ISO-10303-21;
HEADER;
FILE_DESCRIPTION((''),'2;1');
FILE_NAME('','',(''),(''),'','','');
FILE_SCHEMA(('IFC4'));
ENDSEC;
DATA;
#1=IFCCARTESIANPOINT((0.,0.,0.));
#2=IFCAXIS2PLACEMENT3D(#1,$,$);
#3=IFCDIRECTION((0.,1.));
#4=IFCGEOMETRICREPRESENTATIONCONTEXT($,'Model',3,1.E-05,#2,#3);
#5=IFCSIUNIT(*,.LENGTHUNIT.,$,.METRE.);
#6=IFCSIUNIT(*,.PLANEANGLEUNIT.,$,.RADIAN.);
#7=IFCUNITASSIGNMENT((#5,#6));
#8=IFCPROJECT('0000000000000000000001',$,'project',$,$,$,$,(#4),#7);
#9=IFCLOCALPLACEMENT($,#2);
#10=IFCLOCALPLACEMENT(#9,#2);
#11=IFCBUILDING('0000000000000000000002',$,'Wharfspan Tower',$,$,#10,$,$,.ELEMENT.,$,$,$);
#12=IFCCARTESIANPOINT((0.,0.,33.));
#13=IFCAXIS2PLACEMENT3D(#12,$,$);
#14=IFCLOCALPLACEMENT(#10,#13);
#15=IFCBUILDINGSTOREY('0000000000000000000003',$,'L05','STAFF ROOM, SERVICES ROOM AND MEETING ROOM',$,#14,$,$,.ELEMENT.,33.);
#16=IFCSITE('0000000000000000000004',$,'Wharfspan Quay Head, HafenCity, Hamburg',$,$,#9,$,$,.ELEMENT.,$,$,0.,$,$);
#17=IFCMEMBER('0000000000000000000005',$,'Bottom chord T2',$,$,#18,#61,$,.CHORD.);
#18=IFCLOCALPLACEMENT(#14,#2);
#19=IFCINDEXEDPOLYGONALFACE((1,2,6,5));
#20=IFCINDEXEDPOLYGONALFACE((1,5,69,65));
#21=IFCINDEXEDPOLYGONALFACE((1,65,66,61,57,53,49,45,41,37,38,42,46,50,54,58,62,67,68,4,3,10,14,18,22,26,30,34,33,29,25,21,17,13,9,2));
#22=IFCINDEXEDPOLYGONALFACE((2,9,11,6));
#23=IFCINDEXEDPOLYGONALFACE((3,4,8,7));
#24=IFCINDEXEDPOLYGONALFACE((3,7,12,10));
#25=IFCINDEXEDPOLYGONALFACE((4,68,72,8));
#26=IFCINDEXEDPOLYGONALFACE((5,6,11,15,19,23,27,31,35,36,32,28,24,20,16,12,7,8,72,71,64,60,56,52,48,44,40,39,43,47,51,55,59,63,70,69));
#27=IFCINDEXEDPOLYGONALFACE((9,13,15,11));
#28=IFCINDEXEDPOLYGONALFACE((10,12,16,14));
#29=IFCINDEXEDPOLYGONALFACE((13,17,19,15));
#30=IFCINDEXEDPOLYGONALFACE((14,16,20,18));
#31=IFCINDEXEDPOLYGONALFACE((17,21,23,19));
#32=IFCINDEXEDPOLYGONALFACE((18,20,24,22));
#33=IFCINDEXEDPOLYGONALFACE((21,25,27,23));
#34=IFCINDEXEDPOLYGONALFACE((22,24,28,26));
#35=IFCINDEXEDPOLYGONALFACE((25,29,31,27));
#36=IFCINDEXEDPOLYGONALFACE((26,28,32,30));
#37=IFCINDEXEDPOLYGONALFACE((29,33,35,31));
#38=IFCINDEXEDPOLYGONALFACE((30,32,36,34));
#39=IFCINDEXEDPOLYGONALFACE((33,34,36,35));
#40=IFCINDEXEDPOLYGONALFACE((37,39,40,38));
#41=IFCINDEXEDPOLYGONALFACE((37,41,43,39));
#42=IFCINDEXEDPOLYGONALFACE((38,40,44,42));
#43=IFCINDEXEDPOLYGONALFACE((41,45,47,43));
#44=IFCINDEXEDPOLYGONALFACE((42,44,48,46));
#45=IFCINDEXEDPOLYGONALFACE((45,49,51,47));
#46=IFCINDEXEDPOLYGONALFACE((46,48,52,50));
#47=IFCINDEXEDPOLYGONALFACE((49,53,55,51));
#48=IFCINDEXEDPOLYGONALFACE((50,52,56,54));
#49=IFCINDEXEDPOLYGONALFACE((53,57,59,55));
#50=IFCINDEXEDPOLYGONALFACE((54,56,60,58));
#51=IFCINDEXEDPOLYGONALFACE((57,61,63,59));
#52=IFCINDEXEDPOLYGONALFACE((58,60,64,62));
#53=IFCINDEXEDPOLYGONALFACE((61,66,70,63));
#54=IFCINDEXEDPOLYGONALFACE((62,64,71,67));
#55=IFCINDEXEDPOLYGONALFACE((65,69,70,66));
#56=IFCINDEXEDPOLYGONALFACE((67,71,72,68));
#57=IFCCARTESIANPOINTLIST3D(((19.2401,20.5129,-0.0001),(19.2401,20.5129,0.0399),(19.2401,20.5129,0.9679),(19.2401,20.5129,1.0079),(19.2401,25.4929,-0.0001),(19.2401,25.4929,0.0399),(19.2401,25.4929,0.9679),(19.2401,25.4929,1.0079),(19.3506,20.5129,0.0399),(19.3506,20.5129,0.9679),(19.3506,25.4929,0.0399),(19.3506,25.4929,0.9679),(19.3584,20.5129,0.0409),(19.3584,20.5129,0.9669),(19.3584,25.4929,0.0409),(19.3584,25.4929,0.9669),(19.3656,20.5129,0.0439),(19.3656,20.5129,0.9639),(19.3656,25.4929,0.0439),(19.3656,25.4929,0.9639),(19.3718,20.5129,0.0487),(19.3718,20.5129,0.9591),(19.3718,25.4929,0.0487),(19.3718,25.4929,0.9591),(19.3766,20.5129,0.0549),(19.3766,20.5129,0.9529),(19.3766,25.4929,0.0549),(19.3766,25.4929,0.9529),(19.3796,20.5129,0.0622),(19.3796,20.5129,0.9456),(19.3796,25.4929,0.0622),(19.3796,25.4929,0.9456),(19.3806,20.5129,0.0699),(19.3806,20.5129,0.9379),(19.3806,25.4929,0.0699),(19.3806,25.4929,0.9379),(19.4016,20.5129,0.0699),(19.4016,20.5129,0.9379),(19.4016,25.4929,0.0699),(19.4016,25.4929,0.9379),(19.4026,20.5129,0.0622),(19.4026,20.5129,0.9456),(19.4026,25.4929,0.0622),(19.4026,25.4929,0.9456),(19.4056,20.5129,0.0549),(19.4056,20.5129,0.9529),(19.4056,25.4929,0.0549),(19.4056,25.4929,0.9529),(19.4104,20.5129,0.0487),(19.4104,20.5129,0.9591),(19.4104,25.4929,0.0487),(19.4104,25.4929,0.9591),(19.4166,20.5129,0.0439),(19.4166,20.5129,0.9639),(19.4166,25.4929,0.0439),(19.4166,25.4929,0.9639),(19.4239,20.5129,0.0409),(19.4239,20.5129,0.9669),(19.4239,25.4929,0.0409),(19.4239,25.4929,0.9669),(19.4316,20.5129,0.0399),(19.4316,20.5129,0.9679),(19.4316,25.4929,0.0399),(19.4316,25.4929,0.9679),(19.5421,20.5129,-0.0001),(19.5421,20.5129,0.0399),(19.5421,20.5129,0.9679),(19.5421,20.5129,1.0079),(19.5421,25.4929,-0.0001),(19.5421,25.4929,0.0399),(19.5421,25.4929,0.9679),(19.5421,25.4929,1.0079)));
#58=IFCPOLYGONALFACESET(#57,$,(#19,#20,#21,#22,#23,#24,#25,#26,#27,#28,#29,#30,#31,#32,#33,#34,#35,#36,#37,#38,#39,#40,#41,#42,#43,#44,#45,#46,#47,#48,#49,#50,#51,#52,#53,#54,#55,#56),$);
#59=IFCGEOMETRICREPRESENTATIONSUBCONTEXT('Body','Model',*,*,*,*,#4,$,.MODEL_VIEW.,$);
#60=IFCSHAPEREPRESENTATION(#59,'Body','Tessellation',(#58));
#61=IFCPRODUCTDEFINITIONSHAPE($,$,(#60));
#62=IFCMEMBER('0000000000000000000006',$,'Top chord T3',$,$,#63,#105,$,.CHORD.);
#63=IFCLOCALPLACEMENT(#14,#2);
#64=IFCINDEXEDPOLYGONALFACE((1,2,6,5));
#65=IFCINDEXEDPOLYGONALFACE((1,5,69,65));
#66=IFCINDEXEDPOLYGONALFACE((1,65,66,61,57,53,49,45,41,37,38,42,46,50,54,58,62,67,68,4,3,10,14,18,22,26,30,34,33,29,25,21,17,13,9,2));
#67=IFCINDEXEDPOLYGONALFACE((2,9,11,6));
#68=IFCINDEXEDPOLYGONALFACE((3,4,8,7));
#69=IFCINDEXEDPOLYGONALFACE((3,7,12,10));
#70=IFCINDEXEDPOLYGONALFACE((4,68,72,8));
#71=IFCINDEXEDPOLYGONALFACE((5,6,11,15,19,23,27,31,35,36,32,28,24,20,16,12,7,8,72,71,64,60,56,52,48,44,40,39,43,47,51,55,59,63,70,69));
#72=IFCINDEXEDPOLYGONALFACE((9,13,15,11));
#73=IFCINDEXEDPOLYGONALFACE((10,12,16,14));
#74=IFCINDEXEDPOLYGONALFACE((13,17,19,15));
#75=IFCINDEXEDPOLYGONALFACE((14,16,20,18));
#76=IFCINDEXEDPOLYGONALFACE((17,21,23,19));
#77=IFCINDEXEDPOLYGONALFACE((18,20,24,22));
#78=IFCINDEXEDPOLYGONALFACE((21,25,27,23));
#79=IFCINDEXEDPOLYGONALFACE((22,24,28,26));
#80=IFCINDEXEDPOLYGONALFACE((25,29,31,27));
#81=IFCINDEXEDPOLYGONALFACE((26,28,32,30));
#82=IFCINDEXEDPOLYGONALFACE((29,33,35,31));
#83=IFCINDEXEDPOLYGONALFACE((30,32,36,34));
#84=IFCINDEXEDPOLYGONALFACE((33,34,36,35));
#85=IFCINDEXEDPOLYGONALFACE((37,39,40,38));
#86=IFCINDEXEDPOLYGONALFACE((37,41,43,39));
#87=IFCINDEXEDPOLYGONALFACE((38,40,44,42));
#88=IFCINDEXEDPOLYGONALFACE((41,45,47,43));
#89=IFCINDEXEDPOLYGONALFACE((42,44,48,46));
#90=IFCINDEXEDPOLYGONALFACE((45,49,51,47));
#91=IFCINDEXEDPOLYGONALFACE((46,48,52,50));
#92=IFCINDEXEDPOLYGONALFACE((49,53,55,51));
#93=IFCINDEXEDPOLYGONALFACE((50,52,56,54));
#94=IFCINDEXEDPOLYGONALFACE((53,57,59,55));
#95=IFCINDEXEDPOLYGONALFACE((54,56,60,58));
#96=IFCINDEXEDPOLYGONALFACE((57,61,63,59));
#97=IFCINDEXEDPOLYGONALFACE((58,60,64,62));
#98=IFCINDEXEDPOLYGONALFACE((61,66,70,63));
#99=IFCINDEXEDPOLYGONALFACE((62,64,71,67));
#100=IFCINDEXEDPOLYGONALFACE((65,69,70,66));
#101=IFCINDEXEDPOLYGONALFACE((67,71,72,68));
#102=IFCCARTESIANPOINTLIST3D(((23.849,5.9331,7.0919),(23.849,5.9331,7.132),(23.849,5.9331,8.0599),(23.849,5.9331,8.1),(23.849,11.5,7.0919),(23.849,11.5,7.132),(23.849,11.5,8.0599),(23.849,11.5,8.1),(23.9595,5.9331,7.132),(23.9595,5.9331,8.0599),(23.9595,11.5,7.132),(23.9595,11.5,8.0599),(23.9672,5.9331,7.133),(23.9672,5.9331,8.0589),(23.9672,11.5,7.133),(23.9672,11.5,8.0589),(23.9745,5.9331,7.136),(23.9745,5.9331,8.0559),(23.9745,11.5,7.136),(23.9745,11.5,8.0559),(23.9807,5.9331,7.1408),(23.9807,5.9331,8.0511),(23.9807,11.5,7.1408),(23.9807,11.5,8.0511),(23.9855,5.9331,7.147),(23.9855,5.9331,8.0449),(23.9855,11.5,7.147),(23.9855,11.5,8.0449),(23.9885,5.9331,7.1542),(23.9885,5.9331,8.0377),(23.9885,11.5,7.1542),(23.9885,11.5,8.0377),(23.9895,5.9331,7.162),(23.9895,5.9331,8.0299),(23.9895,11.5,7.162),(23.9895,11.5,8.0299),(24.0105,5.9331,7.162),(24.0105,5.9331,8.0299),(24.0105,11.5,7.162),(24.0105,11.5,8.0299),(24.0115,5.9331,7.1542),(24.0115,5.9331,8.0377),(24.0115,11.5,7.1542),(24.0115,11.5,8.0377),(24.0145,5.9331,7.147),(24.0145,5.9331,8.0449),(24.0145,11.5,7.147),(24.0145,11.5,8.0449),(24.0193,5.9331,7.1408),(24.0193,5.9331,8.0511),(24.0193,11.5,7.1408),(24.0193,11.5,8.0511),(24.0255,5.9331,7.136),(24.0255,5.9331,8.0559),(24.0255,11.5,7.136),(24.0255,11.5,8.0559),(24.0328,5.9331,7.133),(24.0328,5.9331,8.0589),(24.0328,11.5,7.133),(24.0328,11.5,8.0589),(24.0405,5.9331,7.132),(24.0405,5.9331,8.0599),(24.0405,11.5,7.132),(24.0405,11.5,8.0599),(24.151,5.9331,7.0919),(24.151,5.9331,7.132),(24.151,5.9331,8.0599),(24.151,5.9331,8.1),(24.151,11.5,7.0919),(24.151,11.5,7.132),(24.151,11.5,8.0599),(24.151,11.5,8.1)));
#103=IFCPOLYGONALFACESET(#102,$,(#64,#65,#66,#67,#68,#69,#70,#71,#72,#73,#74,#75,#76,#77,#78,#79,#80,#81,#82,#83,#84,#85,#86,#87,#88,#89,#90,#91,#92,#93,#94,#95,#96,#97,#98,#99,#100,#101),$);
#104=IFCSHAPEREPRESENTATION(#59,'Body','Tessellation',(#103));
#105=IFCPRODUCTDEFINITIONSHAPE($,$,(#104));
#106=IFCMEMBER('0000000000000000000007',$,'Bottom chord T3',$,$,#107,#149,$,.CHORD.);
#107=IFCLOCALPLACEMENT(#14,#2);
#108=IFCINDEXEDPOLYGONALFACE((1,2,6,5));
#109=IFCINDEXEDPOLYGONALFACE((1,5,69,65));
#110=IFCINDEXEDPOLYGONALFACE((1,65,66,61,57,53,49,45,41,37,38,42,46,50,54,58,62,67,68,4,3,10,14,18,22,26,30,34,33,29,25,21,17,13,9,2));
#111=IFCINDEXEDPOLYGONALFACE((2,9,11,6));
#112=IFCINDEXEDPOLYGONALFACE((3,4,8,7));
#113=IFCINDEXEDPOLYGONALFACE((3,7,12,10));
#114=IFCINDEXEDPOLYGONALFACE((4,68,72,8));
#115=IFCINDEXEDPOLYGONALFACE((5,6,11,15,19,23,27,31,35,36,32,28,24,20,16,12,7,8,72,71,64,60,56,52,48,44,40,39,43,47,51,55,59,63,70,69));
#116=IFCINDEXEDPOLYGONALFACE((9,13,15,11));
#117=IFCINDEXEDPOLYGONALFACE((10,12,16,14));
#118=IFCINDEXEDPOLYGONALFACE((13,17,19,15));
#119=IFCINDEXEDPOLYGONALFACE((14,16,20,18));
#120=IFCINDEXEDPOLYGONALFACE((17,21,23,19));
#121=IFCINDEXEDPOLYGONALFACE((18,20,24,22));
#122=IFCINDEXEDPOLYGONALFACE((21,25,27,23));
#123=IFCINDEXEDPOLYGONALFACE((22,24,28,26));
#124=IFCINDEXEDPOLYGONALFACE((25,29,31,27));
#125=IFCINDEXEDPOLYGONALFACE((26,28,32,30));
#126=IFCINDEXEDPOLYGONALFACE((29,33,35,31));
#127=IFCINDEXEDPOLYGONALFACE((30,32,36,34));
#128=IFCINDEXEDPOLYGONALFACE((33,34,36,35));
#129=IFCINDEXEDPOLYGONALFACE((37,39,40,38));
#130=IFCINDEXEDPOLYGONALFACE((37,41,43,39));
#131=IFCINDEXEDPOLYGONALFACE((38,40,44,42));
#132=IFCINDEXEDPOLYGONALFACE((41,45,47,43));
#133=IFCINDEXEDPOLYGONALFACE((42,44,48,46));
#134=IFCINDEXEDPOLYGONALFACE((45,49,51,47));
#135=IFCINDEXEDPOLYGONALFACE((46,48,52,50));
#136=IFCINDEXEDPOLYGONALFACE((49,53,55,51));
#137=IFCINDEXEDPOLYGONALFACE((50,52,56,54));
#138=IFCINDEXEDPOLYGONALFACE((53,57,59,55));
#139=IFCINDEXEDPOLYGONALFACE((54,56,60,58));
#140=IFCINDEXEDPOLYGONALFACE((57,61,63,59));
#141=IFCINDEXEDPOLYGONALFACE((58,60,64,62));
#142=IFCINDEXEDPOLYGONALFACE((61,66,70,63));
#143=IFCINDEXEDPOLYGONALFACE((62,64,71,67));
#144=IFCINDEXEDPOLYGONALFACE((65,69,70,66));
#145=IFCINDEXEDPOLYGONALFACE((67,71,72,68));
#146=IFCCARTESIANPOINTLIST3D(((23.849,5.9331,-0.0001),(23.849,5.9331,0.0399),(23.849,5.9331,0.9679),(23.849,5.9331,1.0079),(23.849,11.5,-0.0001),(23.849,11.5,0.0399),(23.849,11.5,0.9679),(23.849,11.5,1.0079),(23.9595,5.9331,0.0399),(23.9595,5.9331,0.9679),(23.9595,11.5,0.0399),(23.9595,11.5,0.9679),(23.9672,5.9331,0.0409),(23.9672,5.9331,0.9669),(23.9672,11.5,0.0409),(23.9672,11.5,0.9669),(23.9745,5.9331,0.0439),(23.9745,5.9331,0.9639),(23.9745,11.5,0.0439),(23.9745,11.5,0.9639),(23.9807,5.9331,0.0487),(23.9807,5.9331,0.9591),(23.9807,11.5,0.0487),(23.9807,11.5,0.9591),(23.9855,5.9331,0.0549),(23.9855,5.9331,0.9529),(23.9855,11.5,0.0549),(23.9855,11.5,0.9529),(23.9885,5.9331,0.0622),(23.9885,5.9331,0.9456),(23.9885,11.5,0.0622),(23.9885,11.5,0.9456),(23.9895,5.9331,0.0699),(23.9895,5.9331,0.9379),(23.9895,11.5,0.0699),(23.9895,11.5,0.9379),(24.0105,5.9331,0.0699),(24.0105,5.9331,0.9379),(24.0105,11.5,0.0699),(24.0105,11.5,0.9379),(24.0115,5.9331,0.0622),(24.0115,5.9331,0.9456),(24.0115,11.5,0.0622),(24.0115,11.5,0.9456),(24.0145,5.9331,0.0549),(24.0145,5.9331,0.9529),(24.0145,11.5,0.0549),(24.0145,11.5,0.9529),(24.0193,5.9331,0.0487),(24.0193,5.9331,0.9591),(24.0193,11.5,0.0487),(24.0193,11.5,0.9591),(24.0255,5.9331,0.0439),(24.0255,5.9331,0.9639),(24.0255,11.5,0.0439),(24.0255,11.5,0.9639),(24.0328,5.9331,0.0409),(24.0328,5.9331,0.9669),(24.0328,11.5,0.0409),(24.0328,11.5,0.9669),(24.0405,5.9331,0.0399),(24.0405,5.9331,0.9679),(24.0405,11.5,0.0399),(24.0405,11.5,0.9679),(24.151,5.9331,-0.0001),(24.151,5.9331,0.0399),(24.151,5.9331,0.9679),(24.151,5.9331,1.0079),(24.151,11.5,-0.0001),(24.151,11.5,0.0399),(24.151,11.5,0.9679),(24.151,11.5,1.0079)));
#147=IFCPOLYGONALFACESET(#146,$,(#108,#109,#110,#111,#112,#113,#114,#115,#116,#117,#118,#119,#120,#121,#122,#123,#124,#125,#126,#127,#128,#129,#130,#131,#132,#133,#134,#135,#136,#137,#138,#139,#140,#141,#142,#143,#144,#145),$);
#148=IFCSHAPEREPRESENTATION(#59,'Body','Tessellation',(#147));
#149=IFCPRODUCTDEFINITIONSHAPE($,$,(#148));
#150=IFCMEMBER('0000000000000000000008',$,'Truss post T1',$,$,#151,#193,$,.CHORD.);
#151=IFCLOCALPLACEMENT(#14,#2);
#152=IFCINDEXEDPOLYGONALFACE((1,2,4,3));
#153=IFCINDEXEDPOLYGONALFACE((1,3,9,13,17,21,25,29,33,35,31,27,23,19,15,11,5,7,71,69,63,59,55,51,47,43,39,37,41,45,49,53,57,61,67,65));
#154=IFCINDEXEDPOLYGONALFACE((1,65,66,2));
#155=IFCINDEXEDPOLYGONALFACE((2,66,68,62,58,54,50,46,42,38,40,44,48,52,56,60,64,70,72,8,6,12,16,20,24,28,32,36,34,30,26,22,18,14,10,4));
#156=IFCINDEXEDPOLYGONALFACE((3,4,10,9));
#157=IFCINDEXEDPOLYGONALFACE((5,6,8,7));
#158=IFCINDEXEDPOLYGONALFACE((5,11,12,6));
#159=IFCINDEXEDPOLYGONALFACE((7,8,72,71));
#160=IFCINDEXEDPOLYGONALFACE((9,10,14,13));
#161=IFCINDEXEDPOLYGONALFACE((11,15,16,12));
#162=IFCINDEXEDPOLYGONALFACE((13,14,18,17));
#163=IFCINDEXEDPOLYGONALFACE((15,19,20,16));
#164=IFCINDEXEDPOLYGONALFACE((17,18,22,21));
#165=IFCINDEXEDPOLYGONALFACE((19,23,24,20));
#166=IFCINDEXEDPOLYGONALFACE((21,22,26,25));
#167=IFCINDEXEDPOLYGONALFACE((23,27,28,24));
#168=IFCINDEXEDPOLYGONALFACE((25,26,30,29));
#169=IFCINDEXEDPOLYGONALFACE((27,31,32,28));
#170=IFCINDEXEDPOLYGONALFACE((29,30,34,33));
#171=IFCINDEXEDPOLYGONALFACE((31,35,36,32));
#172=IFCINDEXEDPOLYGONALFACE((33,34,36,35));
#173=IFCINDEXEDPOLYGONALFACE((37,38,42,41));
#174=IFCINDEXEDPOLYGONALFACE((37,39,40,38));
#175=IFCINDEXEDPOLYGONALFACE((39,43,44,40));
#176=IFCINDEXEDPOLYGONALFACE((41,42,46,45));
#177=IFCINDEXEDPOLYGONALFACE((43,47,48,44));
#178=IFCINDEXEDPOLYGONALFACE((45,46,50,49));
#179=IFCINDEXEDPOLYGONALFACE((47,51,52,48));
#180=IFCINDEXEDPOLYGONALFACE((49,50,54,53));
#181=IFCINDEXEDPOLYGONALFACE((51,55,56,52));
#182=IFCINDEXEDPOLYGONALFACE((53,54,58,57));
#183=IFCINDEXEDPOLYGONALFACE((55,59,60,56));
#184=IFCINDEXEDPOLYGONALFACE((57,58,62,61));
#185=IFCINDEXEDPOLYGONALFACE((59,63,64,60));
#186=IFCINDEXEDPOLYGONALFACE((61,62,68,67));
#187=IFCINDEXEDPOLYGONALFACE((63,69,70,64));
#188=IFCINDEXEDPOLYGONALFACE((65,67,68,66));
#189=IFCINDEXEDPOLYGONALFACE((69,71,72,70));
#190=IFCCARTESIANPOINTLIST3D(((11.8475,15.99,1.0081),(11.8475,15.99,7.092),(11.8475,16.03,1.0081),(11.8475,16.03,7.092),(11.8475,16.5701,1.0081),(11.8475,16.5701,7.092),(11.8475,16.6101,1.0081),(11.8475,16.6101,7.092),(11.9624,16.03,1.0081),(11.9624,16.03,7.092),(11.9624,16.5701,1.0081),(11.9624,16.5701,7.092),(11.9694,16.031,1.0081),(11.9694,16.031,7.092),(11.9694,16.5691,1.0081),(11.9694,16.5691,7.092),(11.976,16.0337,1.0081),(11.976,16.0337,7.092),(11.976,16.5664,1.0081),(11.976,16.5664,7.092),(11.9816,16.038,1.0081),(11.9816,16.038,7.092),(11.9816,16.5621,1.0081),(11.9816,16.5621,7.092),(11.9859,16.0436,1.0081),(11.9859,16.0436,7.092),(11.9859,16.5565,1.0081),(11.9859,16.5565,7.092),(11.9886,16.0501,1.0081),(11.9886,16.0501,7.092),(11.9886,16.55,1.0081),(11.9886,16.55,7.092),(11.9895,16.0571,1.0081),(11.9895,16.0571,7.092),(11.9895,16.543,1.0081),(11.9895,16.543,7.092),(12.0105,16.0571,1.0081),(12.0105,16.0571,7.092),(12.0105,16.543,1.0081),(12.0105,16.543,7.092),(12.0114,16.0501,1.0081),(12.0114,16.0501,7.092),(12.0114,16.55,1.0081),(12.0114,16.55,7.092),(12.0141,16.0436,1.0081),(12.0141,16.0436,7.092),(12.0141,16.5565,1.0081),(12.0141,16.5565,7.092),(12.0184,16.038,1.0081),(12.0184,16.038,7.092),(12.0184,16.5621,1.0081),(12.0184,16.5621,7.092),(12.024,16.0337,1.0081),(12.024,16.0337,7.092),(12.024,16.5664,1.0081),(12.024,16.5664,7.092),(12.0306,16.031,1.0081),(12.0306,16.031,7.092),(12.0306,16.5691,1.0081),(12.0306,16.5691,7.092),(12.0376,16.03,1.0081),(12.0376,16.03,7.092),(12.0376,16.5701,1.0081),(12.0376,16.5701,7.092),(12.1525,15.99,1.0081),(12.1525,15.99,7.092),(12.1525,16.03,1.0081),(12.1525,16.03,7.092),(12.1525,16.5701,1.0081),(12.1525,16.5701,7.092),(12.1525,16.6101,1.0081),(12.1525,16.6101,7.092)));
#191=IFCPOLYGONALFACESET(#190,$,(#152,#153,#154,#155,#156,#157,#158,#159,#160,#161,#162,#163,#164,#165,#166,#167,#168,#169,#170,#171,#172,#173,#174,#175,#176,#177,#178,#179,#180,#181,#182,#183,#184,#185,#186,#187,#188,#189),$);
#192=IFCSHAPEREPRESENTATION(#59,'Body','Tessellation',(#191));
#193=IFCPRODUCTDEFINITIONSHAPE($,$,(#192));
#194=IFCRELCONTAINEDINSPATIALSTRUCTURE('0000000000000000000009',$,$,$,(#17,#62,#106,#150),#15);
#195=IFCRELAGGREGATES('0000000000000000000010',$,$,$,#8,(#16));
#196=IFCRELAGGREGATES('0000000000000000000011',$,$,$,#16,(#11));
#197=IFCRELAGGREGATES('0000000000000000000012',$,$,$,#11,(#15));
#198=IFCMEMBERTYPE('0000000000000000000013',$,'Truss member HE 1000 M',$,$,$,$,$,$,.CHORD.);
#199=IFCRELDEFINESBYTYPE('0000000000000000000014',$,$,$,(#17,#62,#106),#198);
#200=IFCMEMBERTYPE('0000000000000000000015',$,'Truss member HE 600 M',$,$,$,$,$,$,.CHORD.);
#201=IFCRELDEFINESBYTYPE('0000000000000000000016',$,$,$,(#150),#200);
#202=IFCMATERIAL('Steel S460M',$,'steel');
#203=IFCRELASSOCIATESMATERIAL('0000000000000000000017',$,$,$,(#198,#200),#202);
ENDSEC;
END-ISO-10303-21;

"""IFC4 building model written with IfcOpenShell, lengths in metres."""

from ifc_helpers import new_model, si_unit, direction, frame, origin, origin_2d, place, context, subcontext, project, spatial, i_section, extrude, material, material_profile, profile_set, type_object, element, save


model = new_model("IFC4")

# Units and contexts
model_context = context("Model", 3, precision=1e-05, world=origin(), true_north=direction((0.0, 1.0)))
body_context = subcontext(model_context, "Body", "Model", "MODEL_VIEW")
ifc_project = project(units=[si_unit("LENGTHUNIT", "METRE"), si_unit("PLANEANGLEUNIT", "RADIAN")], contexts=[model_context])

# Site, building, storey
site_placement = place(None, origin())
site = spatial("IfcSite", under=ifc_project, at=site_placement, Name="Wharfspan Quay Head, HafenCity, Hamburg", CompositionType="ELEMENT", RefElevation=0.0)
building_placement = place(site_placement, origin())
building = spatial("IfcBuilding", under=site, at=building_placement, Name="Wharfspan Tower", CompositionType="ELEMENT")
storey_placement = place(building_placement, frame((0.0, 0.0, 33.0)))
storey = spatial("IfcBuildingStorey", under=building, at=storey_placement, Name="L05", Description="STAFF ROOM, SERVICES ROOM AND MEETING ROOM", CompositionType="ELEMENT", Elevation=33.0)

# Members
ifc_material_1 = material(Name="Steel S460M", Category="steel")
ifc_material_profile_1 = material_profile(ifc_material_1, i_section(OverallWidth=0.302, OverallDepth=1.0081, WebThickness=0.021, FlangeThickness=0.04, FilletRadius=0.03, at=origin_2d()))
ifc_profile_set_1 = profile_set([ifc_material_profile_1], Name="Steel S460M")
member_type_1 = type_object("IfcMemberType", Name="Truss member HE 1000 M", PredefinedType="CHORD", material=ifc_profile_set_1)
for number, where, z_axis, x_axis, name in (
    (1, (19.3911, 20.5129, 0.5039), (0.0, 1.0, 0.0), (-1.0, 0.0, 0.0), "Bottom chord T2"),
):
    element("IfcMember", number, at=place(storey_placement, frame(where, z_axis=z_axis, x_axis=x_axis)), inside=storey, type_object=member_type_1, Name=name, PredefinedType="CHORD", context=body_context, shape_type="SweptSolid", body=[
        extrude(i_section(OverallWidth=0.302, OverallDepth=1.0081, WebThickness=0.021, FlangeThickness=0.04, FilletRadius=0.03, at=origin_2d()), origin(), (0.0, 0.0, 1.0), 4.98),
    ])
for number, where, z_axis, x_axis, name in (
    (2, (24.0, 5.9331, 7.5959), (0.0, 1.0, 0.0), (-1.0, 0.0, 0.0), "Top chord T3"),
    (3, (24.0, 5.9331, 0.5039), (0.0, 1.0, 0.0), (-1.0, 0.0, 0.0), "Bottom chord T3"),
):
    element("IfcMember", number, at=place(storey_placement, frame(where, z_axis=z_axis, x_axis=x_axis)), inside=storey, type_object=member_type_1, Name=name, PredefinedType="CHORD", context=body_context, shape_type="SweptSolid", body=[
        extrude(i_section(OverallWidth=0.302, OverallDepth=1.0081, WebThickness=0.021, FlangeThickness=0.04, FilletRadius=0.03, at=origin_2d()), origin(), (0.0, 0.0, 1.0), 5.5669),
    ])
ifc_material_profile_2 = material_profile(ifc_material_1, i_section(OverallWidth=0.3049, OverallDepth=0.6201, WebThickness=0.021, FlangeThickness=0.04, FilletRadius=0.0271, at=origin_2d()))
ifc_profile_set_2 = profile_set([ifc_material_profile_2], Name="Steel S460M")
member_type_2 = type_object("IfcMemberType", Name="Truss member HE 600 M", PredefinedType="CHORD", material=ifc_profile_set_2)
for number, where, z_axis, x_axis, name in (
    (4, (12.0, 16.3, 1.0081), (0.0, 0.0, 1.0), (1.0, 0.0, 0.0), "Truss post T1"),
):
    element("IfcMember", number, at=place(storey_placement, frame(where, z_axis=z_axis, x_axis=x_axis)), inside=storey, type_object=member_type_2, Name=name, PredefinedType="CHORD", context=body_context, shape_type="SweptSolid", body=[
        extrude(i_section(OverallWidth=0.3049, OverallDepth=0.6201, WebThickness=0.021, FlangeThickness=0.04, FilletRadius=0.0271, at=origin_2d()), origin(), (0.0, 0.0, 1.0), 6.084),
    ])

save(model, "model.ifc")
